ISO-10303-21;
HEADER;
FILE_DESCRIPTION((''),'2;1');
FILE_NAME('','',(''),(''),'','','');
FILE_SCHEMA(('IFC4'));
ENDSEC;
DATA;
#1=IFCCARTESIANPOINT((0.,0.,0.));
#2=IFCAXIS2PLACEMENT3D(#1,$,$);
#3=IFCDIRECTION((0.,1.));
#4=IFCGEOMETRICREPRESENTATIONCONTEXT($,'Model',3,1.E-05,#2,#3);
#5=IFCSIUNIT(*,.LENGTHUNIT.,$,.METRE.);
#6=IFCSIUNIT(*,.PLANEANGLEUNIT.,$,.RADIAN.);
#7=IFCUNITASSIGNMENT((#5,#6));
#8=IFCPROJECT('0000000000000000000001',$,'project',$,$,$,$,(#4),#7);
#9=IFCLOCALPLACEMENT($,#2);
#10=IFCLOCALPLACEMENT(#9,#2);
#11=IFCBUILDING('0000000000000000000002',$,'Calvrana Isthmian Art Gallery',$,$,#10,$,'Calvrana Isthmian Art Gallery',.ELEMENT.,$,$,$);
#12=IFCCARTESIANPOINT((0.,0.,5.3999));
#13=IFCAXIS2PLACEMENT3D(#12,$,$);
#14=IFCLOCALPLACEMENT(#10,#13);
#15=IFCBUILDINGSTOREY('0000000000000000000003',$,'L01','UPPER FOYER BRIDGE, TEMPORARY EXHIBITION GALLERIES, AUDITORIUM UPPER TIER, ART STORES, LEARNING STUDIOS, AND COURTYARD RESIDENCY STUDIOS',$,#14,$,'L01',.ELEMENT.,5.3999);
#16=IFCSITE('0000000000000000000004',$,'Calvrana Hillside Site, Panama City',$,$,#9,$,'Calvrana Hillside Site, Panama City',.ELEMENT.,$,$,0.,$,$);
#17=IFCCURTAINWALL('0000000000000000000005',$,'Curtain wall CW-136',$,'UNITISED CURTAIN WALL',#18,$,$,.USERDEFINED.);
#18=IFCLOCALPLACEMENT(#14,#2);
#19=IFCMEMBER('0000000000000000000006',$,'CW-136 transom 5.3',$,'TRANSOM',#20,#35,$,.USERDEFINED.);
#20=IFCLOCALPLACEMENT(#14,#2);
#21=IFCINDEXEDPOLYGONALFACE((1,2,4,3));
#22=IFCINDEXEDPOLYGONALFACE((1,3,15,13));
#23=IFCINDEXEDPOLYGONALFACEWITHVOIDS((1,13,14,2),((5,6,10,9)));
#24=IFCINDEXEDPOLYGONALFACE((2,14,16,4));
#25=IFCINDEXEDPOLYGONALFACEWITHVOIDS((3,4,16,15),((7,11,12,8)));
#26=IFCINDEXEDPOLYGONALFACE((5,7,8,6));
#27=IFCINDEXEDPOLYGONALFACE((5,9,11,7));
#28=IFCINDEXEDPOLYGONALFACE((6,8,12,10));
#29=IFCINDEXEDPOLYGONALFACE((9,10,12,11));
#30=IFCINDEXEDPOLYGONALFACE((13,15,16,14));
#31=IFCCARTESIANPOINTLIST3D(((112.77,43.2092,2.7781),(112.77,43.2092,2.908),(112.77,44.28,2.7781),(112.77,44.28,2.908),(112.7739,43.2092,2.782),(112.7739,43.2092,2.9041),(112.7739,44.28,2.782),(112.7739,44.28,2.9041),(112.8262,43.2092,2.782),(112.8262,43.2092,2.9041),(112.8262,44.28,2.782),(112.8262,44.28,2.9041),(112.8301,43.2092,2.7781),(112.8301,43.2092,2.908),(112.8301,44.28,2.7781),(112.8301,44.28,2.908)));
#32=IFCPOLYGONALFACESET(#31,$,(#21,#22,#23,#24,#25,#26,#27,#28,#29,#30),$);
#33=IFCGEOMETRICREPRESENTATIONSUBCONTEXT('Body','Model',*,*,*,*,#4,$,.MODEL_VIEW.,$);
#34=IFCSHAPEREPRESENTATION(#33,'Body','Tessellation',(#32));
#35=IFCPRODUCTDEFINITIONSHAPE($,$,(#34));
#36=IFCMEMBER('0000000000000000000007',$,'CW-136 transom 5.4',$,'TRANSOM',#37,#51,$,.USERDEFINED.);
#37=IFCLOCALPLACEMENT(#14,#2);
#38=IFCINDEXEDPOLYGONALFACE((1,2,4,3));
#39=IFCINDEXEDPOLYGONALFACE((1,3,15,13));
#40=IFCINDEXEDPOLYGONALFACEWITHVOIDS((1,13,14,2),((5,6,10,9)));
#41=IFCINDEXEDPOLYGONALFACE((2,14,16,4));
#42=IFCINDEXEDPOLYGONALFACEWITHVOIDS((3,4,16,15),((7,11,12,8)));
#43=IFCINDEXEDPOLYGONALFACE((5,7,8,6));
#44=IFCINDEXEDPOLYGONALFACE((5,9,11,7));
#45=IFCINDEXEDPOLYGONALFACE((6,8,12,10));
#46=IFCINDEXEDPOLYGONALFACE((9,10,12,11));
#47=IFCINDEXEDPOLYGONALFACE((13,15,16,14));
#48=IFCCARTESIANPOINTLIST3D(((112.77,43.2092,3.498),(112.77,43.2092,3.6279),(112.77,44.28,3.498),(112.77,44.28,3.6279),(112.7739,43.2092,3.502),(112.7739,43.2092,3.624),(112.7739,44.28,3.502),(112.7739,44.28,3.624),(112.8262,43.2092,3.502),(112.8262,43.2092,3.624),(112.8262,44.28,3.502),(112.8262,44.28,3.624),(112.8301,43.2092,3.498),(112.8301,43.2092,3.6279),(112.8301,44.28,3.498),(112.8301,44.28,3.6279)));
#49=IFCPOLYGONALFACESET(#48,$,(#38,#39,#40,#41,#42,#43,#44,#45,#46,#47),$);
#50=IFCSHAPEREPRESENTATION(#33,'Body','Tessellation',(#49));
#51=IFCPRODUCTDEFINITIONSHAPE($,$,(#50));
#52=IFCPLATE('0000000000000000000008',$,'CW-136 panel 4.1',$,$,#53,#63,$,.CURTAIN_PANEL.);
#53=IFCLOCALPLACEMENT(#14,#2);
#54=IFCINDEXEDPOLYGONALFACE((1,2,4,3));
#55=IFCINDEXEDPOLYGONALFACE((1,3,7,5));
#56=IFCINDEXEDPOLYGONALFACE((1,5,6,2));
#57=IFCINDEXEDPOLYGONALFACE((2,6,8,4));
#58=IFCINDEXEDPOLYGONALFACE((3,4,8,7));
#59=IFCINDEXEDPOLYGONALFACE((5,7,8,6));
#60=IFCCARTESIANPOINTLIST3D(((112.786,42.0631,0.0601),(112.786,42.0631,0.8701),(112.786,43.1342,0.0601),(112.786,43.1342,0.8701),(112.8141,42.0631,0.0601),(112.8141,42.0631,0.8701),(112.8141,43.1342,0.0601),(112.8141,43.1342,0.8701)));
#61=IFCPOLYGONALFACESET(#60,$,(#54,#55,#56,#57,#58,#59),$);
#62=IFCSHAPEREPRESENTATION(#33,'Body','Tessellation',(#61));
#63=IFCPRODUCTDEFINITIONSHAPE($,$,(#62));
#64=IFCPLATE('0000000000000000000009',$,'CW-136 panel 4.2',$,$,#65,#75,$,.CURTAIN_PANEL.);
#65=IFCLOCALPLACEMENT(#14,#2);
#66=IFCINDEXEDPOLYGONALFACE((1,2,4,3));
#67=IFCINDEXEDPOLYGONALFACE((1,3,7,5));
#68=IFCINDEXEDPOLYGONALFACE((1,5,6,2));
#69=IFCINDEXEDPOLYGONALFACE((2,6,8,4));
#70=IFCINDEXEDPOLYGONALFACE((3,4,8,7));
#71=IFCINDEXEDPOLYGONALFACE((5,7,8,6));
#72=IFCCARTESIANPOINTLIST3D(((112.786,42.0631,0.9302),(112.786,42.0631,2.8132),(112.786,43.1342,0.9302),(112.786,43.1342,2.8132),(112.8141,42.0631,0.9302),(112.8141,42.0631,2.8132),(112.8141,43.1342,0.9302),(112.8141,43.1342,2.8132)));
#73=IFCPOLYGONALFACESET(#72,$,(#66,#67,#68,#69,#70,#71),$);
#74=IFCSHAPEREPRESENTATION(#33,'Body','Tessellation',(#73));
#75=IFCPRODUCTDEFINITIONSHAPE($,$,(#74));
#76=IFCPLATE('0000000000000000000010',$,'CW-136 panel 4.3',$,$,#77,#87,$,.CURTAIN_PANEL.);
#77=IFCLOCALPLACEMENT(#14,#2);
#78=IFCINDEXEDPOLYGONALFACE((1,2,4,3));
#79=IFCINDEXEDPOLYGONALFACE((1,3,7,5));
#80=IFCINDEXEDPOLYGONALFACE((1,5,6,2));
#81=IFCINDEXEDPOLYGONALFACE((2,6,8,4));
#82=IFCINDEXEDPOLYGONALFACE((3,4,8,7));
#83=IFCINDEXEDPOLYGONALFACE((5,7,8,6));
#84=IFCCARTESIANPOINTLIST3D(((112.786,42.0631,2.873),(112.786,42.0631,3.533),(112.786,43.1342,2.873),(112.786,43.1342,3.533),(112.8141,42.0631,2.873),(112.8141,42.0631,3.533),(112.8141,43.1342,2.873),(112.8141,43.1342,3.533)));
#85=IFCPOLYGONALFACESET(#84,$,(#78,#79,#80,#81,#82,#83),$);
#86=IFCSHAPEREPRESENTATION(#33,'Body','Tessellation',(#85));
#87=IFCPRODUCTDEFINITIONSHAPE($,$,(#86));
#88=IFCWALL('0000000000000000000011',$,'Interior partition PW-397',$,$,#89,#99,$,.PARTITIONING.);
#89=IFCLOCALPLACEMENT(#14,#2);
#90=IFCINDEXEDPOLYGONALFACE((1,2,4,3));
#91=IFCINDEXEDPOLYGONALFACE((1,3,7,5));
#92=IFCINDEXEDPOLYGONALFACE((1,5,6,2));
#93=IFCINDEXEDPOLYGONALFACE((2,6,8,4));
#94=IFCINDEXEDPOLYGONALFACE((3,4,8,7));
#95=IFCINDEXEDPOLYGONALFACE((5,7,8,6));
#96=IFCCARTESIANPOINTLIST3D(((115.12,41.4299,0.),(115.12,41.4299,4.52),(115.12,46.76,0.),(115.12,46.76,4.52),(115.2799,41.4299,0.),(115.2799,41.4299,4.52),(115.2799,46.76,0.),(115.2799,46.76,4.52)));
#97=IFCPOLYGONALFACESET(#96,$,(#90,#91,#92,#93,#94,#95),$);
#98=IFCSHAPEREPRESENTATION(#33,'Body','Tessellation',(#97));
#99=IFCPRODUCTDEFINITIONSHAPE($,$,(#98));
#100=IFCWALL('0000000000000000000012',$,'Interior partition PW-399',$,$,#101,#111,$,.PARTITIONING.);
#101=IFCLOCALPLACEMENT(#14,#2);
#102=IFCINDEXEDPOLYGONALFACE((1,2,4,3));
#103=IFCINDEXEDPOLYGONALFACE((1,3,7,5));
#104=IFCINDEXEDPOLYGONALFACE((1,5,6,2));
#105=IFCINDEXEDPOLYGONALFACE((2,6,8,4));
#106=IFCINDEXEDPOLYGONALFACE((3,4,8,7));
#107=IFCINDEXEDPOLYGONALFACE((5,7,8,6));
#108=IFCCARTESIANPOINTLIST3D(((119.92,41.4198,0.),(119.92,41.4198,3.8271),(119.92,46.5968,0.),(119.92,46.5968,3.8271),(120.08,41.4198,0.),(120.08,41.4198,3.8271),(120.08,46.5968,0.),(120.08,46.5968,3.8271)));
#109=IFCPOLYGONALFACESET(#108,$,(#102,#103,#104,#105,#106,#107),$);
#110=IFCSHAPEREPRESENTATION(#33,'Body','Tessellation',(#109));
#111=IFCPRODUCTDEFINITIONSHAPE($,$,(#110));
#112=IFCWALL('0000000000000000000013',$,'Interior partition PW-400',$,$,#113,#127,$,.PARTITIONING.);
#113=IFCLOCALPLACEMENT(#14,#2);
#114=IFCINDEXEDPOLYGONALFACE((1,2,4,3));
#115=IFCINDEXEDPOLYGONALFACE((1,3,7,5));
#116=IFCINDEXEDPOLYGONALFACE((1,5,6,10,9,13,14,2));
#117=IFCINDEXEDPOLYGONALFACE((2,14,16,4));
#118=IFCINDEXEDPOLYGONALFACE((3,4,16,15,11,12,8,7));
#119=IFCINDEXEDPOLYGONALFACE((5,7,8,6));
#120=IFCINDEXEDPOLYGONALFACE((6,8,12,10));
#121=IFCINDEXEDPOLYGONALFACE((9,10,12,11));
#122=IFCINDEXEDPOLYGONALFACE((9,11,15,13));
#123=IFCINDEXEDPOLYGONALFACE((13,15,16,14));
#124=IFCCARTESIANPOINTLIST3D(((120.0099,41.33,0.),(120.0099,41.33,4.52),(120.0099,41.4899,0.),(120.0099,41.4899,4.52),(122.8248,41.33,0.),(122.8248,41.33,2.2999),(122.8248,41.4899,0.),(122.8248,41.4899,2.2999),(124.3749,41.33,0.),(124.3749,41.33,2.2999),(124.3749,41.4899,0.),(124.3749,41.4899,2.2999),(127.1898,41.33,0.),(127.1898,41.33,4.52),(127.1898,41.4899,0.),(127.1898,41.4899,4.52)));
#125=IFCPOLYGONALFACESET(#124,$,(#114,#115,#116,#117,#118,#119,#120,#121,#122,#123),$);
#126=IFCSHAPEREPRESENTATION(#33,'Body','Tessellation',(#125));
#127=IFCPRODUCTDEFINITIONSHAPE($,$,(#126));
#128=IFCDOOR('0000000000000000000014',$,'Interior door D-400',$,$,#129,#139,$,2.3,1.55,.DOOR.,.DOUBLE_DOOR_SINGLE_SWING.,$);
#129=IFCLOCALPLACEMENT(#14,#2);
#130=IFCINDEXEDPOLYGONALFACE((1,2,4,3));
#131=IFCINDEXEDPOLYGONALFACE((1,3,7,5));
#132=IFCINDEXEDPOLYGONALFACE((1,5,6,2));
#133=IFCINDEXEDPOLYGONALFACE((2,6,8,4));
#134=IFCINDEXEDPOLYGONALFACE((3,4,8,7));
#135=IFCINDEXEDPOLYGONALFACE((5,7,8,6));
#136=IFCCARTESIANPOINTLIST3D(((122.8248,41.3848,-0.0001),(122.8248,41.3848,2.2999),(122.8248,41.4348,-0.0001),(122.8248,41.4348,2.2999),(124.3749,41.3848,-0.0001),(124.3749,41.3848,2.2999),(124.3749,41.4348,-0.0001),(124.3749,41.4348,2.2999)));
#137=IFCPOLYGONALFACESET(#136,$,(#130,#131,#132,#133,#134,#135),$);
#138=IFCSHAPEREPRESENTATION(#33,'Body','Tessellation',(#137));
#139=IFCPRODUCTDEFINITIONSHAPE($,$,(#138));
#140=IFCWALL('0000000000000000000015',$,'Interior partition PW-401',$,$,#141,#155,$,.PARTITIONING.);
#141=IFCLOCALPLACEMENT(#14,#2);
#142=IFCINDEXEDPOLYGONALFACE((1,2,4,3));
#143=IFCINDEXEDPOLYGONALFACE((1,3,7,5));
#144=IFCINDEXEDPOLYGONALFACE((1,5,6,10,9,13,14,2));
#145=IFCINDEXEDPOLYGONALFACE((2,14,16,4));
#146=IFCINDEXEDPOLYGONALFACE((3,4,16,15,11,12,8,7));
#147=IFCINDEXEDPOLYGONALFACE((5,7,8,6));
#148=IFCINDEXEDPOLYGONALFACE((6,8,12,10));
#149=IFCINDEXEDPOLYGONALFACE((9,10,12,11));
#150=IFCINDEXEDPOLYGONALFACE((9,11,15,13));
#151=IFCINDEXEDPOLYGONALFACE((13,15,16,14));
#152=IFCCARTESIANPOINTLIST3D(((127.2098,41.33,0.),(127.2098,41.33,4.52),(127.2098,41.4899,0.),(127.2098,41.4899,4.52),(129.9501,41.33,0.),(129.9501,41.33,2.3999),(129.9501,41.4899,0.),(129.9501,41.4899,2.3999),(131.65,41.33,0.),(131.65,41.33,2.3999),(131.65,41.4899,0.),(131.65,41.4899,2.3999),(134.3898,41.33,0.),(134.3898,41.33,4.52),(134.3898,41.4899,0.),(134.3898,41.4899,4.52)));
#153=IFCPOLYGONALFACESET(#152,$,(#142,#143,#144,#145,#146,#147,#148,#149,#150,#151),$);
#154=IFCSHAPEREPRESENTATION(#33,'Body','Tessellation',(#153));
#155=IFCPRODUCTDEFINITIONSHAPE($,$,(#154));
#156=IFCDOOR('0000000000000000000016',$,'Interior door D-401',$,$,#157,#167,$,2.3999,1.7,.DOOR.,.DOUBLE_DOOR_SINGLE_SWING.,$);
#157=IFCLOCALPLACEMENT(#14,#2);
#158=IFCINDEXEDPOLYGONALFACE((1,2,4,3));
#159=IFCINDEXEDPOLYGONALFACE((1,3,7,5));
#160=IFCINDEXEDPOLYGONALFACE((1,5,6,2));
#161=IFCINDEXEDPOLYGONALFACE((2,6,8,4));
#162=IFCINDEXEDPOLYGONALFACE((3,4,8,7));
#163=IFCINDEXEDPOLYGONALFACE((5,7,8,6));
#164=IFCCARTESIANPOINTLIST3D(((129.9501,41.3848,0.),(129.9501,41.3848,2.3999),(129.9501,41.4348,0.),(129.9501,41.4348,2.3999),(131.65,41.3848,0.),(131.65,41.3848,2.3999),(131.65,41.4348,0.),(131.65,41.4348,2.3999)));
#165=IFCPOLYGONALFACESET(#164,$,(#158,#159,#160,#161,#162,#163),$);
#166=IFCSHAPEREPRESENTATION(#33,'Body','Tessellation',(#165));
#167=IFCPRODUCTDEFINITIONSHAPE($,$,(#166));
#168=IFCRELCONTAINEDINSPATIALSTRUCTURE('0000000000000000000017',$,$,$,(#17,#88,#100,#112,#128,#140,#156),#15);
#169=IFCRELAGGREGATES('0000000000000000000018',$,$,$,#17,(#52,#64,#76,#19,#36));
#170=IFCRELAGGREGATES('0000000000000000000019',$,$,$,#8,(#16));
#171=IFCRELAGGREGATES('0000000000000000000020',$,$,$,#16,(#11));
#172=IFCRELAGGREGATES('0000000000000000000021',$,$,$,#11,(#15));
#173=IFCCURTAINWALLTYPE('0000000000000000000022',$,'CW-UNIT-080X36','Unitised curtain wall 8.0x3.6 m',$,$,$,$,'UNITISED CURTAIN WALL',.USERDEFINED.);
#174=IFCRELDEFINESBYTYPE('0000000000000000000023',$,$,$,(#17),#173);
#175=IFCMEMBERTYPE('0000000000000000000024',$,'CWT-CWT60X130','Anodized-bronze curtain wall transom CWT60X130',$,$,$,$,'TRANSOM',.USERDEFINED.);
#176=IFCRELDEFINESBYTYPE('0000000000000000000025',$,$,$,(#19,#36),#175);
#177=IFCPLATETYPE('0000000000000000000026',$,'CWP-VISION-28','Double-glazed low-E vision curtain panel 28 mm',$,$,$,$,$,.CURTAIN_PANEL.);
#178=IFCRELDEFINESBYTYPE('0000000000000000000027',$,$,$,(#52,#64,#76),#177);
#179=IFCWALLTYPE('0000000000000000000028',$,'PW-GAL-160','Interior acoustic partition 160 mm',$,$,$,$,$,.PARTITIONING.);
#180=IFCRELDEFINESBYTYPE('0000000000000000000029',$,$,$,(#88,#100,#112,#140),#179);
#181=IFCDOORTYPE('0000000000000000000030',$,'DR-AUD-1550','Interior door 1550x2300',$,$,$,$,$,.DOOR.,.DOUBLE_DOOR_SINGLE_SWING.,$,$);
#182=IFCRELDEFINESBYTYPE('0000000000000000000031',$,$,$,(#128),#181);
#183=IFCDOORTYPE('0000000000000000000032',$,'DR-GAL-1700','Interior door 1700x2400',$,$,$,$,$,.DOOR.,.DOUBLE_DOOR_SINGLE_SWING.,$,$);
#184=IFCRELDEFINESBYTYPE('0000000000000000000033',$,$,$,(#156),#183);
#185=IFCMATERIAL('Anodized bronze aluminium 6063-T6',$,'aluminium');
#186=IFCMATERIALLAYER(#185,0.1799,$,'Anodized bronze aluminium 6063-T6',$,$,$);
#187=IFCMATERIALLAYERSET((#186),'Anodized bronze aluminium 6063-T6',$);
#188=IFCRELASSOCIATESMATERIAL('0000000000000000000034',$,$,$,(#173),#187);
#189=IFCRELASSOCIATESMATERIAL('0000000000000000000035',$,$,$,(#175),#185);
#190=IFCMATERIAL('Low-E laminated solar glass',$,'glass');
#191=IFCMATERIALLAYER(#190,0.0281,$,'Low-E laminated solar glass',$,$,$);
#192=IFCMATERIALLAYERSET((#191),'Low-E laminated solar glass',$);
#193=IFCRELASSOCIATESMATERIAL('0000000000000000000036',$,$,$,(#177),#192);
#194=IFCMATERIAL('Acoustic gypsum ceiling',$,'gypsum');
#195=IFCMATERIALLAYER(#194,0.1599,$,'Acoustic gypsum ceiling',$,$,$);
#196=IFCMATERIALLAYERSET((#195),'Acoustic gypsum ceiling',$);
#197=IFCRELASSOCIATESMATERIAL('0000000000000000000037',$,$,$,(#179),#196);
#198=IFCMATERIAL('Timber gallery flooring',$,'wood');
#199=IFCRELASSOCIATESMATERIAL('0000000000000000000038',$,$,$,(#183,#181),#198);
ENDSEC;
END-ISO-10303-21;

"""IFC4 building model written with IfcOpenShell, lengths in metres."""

from ifc_helpers import new_model, si_unit, direction, frame, frame_2d, origin, origin_2d, place, context, subcontext, project, spatial, rectangle, hollow_rectangle, extrude, material, layer, layer_set, material_profile, profile_set, type_object, element, fill, aggregate, save


model = new_model("IFC4")

# Units and contexts
model_context = context("Model", 3, precision=1e-05, world=origin(), true_north=direction((0.0, 1.0)))
body_context = subcontext(model_context, "Body", "Model", "MODEL_VIEW")
ifc_project = project(units=[si_unit("LENGTHUNIT", "METRE"), si_unit("PLANEANGLEUNIT", "RADIAN")], contexts=[model_context])

# Site, building, storey
site_placement = place(None, origin())
site = spatial("IfcSite", under=ifc_project, at=site_placement, Name="Calvrana Hillside Site, Panama City", LongName="Calvrana Hillside Site, Panama City", CompositionType="ELEMENT", RefElevation=0.0)
building_placement = place(site_placement, origin())
building = spatial("IfcBuilding", under=site, at=building_placement, Name="Calvrana Isthmian Art Gallery", LongName="Calvrana Isthmian Art Gallery", CompositionType="ELEMENT")
storey_placement = place(building_placement, frame((0.0, 0.0, 5.3999)))
storey = spatial("IfcBuildingStorey", under=building, at=storey_placement, Name="L01", Description="UPPER FOYER BRIDGE, TEMPORARY EXHIBITION GALLERIES, AUDITORIUM UPPER TIER, ART STORES, LEARNING STUDIOS, AND COURTYARD RESIDENCY STUDIOS", LongName="L01", CompositionType="ELEMENT", Elevation=5.3999)

# Curtain wall, members, plates
ifc_material_1 = material(Name="Anodized bronze aluminium 6063-T6", Category="aluminium")
ifc_layer_1 = layer(ifc_material_1, 0.1799, Name="Anodized bronze aluminium 6063-T6")
ifc_layer_set_1 = layer_set([ifc_layer_1], Name="Anodized bronze aluminium 6063-T6")
curtain_wall_type = type_object("IfcCurtainWallType", Name="CW-UNIT-080X36", Description="Unitised curtain wall 8.0x3.6 m", ElementType="UNITISED CURTAIN WALL", PredefinedType="USERDEFINED", material=ifc_layer_set_1)
curtain_wall_placement = place(storey_placement, origin())
curtain_wall = element("IfcCurtainWall", 1, at=curtain_wall_placement, inside=storey, type_object=curtain_wall_type, Name="Curtain wall CW-136", ObjectType="UNITISED CURTAIN WALL", PredefinedType="USERDEFINED")
ifc_material_profile_1 = material_profile(ifc_material_1, hollow_rectangle(XDim=0.0601, YDim=0.1299, WallThickness=0.0039, at=origin_2d()), Name="CWT60X130")
ifc_profile_set_1 = profile_set([ifc_material_profile_1], Name="Anodized bronze aluminium 6063-T6")
member_type_1 = type_object("IfcMemberType", Name="CWT-CWT60X130", Description="Anodized-bronze curtain wall transom CWT60X130", ElementType="TRANSOM", PredefinedType="USERDEFINED", material=ifc_profile_set_1)
member_1_placement = place(storey_placement, frame((112.8, 43.2092, 2.843), z_axis=(0.0, 1.0, 0.0), x_axis=(-1.0, 0.0, 0.0)))
member_1 = element("IfcMember", 2, at=member_1_placement, type_object=member_type_1, Name="CW-136 transom 5.3", ObjectType="TRANSOM", PredefinedType="USERDEFINED", context=body_context, shape_type="SweptSolid", body=[
    extrude(hollow_rectangle(XDim=0.0601, YDim=0.1299, WallThickness=0.0039, at=origin_2d()), origin(), (0.0, 0.0, 1.0), 1.0708),
])
member_2_placement = place(storey_placement, frame((112.8, 43.2092, 3.563), z_axis=(0.0, 1.0, 0.0), x_axis=(-1.0, 0.0, 0.0)))
member_2 = element("IfcMember", 3, at=member_2_placement, type_object=member_type_1, Name="CW-136 transom 5.4", ObjectType="TRANSOM", PredefinedType="USERDEFINED", context=body_context, shape_type="SweptSolid", body=[
    extrude(hollow_rectangle(XDim=0.0601, YDim=0.1299, WallThickness=0.0039, at=origin_2d()), origin(), (0.0, 0.0, 1.0), 1.0708),
])
ifc_material_2 = material(Name="Low-E laminated solar glass", Category="glass")
ifc_layer_2 = layer(ifc_material_2, 0.0281, Name="Low-E laminated solar glass")
ifc_layer_set_2 = layer_set([ifc_layer_2], Name="Low-E laminated solar glass")
plate_type = type_object("IfcPlateType", Name="CWP-VISION-28", Description="Double-glazed low-E vision curtain panel 28 mm", PredefinedType="CURTAIN_PANEL", material=ifc_layer_set_2)
plate_1_placement = place(storey_placement, frame((112.8, 42.5986, 0.0601), z_axis=(0.0, 0.0, 1.0), x_axis=(0.0, 1.0, 0.0)))
plate_1 = element("IfcPlate", 4, at=plate_1_placement, type_object=plate_type, Name="CW-136 panel 4.1", PredefinedType="CURTAIN_PANEL", context=body_context, shape_type="SweptSolid", body=[
    extrude(rectangle(XDim=1.071, YDim=0.0281, at=origin_2d()), origin(), (0.0, 0.0, 1.0), 0.8101),
])
plate_2_placement = place(storey_placement, frame((112.8, 42.5986, 0.9302), z_axis=(0.0, 0.0, 1.0), x_axis=(0.0, 1.0, 0.0)))
plate_2 = element("IfcPlate", 5, at=plate_2_placement, type_object=plate_type, Name="CW-136 panel 4.2", PredefinedType="CURTAIN_PANEL", context=body_context, shape_type="SweptSolid", body=[
    extrude(rectangle(XDim=1.071, YDim=0.0281, at=origin_2d()), origin(), (0.0, 0.0, 1.0), 1.8831),
])
plate_3_placement = place(storey_placement, frame((112.8, 42.5986, 2.873), z_axis=(0.0, 0.0, 1.0), x_axis=(0.0, 1.0, 0.0)))
plate_3 = element("IfcPlate", 6, at=plate_3_placement, type_object=plate_type, Name="CW-136 panel 4.3", PredefinedType="CURTAIN_PANEL", context=body_context, shape_type="SweptSolid", body=[
    extrude(rectangle(XDim=1.071, YDim=0.0281, at=origin_2d()), origin(), (0.0, 0.0, 1.0), 0.6599),
])
aggregate(curtain_wall, [plate_1, plate_2, plate_3, member_1, member_2])

# Shared definitions
ifc_material_3 = material(Name="Acoustic gypsum ceiling", Category="gypsum")
ifc_layer_3 = layer(ifc_material_3, 0.1599, Name="Acoustic gypsum ceiling")
ifc_layer_set_3 = layer_set([ifc_layer_3], Name="Acoustic gypsum ceiling")
wall_type = type_object("IfcWallType", Name="PW-GAL-160", Description="Interior acoustic partition 160 mm", PredefinedType="PARTITIONING", material=ifc_layer_set_3)
ifc_material_4 = material(Name="Timber gallery flooring", Category="wood")
door_type_1 = type_object("IfcDoorType", Name="DR-GAL-1700", Description="Interior door 1700x2400", OperationType="DOUBLE_DOOR_SINGLE_SWING", PredefinedType="DOOR", material=ifc_material_4)

# Wall
wall_1_placement = place(storey_placement, frame((115.2, 41.4299, 0.0), z_axis=(0.0, 0.0, 1.0), x_axis=(0.0, 1.0, 0.0)))
element("IfcWall", 7, at=wall_1_placement, inside=storey, type_object=wall_type, Name="Interior partition PW-397", PredefinedType="PARTITIONING", context=body_context, shape_type="SweptSolid", body=[
    extrude(rectangle(XDim=5.3301, YDim=0.1599, at=frame_2d((2.665, 0.0))), origin(), (0.0, 0.0, 1.0), 4.52),
])

# Wall
wall_2_placement = place(storey_placement, frame((120.0, 41.4199, 0.0), z_axis=(0.0, 0.0, 1.0), x_axis=(0.0, 1.0, 0.0)))
element("IfcWall", 8, at=wall_2_placement, inside=storey, type_object=wall_type, Name="Interior partition PW-399", PredefinedType="PARTITIONING", context=body_context, shape_type="SweptSolid", body=[
    extrude(rectangle(XDim=5.177, YDim=0.1599, at=frame_2d((2.5884, 0.0))), origin(), (0.0, 0.0, 1.0), 3.8271),
])

# Walls, openings, doors
wall_3_placement = place(storey_placement, frame((120.01, 41.4099, 0.0), z_axis=(0.0, 0.0, 1.0), x_axis=(1.0, 0.0, 0.0)))
wall_3 = element("IfcWall", 9, at=wall_3_placement, inside=storey, type_object=wall_type, Name="Interior partition PW-400", PredefinedType="PARTITIONING", context=body_context, shape_type="SweptSolid", body=[
    extrude(rectangle(XDim=7.1799, YDim=0.1599, at=frame_2d((3.5898, 0.0))), origin(), (0.0, 0.0, 1.0), 4.52),
])
opening_1_placement = place(wall_3_placement, frame((2.8149, 0.0, 0.0)))
opening_1 = element("IfcOpeningElement", 10, at=opening_1_placement, cuts=wall_3, PredefinedType="OPENING", context=body_context, shape_type="SweptSolid", body=[
    extrude(rectangle(XDim=1.55, YDim=2.3, at=frame_2d((0.7749, 1.1499))), frame((0.0, 0.0903, 0.0), z_axis=(0.0, -1.0, 0.0), x_axis=(1.0, 0.0, 0.0)), (0.0, 0.0, 1.0), 0.1804),
])
door_type_2 = type_object("IfcDoorType", Name="DR-AUD-1550", Description="Interior door 1550x2300", OperationType="DOUBLE_DOOR_SINGLE_SWING", PredefinedType="DOOR", material=ifc_material_4)
door_1_placement = place(opening_1_placement, origin())
door_1 = element("IfcDoor", 11, at=door_1_placement, inside=storey, type_object=door_type_2, Name="Interior door D-400", OperationType="DOUBLE_DOOR_SINGLE_SWING", OverallHeight=2.3, OverallWidth=1.55, PredefinedType="DOOR", context=body_context, shape_type="SweptSolid", body=[
    extrude(rectangle(XDim=1.55, YDim=2.3, at=frame_2d((0.7749, 1.1499))), frame((0.0, 0.0249, 0.0), z_axis=(0.0, -1.0, 0.0), x_axis=(1.0, 0.0, 0.0)), (0.0, 0.0, 1.0), 0.05),
])
fill(opening_1, door_1)
wall_4_placement = place(storey_placement, frame((127.21, 41.4099, 0.0), z_axis=(0.0, 0.0, 1.0), x_axis=(1.0, 0.0, 0.0)))
wall_4 = element("IfcWall", 12, at=wall_4_placement, inside=storey, type_object=wall_type, Name="Interior partition PW-401", PredefinedType="PARTITIONING", context=body_context, shape_type="SweptSolid", body=[
    extrude(rectangle(XDim=7.1799, YDim=0.1599, at=frame_2d((3.5898, 0.0))), origin(), (0.0, 0.0, 1.0), 4.52),
])
opening_2_placement = place(wall_4_placement, frame((2.74, 0.0, 0.0)))
opening_2 = element("IfcOpeningElement", 13, at=opening_2_placement, cuts=wall_4, PredefinedType="OPENING", context=body_context, shape_type="SweptSolid", body=[
    extrude(rectangle(XDim=1.7, YDim=2.3999, at=frame_2d((0.8501, 1.2))), frame((0.0, 0.0903, 0.0), z_axis=(0.0, -1.0, 0.0), x_axis=(1.0, 0.0, 0.0)), (0.0, 0.0, 1.0), 0.1804),
])
door_2_placement = place(opening_2_placement, origin())
door_2 = element("IfcDoor", 14, at=door_2_placement, inside=storey, type_object=door_type_1, Name="Interior door D-401", OperationType="DOUBLE_DOOR_SINGLE_SWING", OverallHeight=2.3999, OverallWidth=1.7, PredefinedType="DOOR", context=body_context, shape_type="SweptSolid", body=[
    extrude(rectangle(XDim=1.7, YDim=2.3999, at=frame_2d((0.8501, 1.2))), frame((0.0, 0.0249, 0.0), z_axis=(0.0, -1.0, 0.0), x_axis=(1.0, 0.0, 0.0)), (0.0, 0.0, 1.0), 0.05),
])
fill(opening_2, door_2)

save(model, "model.ifc")
